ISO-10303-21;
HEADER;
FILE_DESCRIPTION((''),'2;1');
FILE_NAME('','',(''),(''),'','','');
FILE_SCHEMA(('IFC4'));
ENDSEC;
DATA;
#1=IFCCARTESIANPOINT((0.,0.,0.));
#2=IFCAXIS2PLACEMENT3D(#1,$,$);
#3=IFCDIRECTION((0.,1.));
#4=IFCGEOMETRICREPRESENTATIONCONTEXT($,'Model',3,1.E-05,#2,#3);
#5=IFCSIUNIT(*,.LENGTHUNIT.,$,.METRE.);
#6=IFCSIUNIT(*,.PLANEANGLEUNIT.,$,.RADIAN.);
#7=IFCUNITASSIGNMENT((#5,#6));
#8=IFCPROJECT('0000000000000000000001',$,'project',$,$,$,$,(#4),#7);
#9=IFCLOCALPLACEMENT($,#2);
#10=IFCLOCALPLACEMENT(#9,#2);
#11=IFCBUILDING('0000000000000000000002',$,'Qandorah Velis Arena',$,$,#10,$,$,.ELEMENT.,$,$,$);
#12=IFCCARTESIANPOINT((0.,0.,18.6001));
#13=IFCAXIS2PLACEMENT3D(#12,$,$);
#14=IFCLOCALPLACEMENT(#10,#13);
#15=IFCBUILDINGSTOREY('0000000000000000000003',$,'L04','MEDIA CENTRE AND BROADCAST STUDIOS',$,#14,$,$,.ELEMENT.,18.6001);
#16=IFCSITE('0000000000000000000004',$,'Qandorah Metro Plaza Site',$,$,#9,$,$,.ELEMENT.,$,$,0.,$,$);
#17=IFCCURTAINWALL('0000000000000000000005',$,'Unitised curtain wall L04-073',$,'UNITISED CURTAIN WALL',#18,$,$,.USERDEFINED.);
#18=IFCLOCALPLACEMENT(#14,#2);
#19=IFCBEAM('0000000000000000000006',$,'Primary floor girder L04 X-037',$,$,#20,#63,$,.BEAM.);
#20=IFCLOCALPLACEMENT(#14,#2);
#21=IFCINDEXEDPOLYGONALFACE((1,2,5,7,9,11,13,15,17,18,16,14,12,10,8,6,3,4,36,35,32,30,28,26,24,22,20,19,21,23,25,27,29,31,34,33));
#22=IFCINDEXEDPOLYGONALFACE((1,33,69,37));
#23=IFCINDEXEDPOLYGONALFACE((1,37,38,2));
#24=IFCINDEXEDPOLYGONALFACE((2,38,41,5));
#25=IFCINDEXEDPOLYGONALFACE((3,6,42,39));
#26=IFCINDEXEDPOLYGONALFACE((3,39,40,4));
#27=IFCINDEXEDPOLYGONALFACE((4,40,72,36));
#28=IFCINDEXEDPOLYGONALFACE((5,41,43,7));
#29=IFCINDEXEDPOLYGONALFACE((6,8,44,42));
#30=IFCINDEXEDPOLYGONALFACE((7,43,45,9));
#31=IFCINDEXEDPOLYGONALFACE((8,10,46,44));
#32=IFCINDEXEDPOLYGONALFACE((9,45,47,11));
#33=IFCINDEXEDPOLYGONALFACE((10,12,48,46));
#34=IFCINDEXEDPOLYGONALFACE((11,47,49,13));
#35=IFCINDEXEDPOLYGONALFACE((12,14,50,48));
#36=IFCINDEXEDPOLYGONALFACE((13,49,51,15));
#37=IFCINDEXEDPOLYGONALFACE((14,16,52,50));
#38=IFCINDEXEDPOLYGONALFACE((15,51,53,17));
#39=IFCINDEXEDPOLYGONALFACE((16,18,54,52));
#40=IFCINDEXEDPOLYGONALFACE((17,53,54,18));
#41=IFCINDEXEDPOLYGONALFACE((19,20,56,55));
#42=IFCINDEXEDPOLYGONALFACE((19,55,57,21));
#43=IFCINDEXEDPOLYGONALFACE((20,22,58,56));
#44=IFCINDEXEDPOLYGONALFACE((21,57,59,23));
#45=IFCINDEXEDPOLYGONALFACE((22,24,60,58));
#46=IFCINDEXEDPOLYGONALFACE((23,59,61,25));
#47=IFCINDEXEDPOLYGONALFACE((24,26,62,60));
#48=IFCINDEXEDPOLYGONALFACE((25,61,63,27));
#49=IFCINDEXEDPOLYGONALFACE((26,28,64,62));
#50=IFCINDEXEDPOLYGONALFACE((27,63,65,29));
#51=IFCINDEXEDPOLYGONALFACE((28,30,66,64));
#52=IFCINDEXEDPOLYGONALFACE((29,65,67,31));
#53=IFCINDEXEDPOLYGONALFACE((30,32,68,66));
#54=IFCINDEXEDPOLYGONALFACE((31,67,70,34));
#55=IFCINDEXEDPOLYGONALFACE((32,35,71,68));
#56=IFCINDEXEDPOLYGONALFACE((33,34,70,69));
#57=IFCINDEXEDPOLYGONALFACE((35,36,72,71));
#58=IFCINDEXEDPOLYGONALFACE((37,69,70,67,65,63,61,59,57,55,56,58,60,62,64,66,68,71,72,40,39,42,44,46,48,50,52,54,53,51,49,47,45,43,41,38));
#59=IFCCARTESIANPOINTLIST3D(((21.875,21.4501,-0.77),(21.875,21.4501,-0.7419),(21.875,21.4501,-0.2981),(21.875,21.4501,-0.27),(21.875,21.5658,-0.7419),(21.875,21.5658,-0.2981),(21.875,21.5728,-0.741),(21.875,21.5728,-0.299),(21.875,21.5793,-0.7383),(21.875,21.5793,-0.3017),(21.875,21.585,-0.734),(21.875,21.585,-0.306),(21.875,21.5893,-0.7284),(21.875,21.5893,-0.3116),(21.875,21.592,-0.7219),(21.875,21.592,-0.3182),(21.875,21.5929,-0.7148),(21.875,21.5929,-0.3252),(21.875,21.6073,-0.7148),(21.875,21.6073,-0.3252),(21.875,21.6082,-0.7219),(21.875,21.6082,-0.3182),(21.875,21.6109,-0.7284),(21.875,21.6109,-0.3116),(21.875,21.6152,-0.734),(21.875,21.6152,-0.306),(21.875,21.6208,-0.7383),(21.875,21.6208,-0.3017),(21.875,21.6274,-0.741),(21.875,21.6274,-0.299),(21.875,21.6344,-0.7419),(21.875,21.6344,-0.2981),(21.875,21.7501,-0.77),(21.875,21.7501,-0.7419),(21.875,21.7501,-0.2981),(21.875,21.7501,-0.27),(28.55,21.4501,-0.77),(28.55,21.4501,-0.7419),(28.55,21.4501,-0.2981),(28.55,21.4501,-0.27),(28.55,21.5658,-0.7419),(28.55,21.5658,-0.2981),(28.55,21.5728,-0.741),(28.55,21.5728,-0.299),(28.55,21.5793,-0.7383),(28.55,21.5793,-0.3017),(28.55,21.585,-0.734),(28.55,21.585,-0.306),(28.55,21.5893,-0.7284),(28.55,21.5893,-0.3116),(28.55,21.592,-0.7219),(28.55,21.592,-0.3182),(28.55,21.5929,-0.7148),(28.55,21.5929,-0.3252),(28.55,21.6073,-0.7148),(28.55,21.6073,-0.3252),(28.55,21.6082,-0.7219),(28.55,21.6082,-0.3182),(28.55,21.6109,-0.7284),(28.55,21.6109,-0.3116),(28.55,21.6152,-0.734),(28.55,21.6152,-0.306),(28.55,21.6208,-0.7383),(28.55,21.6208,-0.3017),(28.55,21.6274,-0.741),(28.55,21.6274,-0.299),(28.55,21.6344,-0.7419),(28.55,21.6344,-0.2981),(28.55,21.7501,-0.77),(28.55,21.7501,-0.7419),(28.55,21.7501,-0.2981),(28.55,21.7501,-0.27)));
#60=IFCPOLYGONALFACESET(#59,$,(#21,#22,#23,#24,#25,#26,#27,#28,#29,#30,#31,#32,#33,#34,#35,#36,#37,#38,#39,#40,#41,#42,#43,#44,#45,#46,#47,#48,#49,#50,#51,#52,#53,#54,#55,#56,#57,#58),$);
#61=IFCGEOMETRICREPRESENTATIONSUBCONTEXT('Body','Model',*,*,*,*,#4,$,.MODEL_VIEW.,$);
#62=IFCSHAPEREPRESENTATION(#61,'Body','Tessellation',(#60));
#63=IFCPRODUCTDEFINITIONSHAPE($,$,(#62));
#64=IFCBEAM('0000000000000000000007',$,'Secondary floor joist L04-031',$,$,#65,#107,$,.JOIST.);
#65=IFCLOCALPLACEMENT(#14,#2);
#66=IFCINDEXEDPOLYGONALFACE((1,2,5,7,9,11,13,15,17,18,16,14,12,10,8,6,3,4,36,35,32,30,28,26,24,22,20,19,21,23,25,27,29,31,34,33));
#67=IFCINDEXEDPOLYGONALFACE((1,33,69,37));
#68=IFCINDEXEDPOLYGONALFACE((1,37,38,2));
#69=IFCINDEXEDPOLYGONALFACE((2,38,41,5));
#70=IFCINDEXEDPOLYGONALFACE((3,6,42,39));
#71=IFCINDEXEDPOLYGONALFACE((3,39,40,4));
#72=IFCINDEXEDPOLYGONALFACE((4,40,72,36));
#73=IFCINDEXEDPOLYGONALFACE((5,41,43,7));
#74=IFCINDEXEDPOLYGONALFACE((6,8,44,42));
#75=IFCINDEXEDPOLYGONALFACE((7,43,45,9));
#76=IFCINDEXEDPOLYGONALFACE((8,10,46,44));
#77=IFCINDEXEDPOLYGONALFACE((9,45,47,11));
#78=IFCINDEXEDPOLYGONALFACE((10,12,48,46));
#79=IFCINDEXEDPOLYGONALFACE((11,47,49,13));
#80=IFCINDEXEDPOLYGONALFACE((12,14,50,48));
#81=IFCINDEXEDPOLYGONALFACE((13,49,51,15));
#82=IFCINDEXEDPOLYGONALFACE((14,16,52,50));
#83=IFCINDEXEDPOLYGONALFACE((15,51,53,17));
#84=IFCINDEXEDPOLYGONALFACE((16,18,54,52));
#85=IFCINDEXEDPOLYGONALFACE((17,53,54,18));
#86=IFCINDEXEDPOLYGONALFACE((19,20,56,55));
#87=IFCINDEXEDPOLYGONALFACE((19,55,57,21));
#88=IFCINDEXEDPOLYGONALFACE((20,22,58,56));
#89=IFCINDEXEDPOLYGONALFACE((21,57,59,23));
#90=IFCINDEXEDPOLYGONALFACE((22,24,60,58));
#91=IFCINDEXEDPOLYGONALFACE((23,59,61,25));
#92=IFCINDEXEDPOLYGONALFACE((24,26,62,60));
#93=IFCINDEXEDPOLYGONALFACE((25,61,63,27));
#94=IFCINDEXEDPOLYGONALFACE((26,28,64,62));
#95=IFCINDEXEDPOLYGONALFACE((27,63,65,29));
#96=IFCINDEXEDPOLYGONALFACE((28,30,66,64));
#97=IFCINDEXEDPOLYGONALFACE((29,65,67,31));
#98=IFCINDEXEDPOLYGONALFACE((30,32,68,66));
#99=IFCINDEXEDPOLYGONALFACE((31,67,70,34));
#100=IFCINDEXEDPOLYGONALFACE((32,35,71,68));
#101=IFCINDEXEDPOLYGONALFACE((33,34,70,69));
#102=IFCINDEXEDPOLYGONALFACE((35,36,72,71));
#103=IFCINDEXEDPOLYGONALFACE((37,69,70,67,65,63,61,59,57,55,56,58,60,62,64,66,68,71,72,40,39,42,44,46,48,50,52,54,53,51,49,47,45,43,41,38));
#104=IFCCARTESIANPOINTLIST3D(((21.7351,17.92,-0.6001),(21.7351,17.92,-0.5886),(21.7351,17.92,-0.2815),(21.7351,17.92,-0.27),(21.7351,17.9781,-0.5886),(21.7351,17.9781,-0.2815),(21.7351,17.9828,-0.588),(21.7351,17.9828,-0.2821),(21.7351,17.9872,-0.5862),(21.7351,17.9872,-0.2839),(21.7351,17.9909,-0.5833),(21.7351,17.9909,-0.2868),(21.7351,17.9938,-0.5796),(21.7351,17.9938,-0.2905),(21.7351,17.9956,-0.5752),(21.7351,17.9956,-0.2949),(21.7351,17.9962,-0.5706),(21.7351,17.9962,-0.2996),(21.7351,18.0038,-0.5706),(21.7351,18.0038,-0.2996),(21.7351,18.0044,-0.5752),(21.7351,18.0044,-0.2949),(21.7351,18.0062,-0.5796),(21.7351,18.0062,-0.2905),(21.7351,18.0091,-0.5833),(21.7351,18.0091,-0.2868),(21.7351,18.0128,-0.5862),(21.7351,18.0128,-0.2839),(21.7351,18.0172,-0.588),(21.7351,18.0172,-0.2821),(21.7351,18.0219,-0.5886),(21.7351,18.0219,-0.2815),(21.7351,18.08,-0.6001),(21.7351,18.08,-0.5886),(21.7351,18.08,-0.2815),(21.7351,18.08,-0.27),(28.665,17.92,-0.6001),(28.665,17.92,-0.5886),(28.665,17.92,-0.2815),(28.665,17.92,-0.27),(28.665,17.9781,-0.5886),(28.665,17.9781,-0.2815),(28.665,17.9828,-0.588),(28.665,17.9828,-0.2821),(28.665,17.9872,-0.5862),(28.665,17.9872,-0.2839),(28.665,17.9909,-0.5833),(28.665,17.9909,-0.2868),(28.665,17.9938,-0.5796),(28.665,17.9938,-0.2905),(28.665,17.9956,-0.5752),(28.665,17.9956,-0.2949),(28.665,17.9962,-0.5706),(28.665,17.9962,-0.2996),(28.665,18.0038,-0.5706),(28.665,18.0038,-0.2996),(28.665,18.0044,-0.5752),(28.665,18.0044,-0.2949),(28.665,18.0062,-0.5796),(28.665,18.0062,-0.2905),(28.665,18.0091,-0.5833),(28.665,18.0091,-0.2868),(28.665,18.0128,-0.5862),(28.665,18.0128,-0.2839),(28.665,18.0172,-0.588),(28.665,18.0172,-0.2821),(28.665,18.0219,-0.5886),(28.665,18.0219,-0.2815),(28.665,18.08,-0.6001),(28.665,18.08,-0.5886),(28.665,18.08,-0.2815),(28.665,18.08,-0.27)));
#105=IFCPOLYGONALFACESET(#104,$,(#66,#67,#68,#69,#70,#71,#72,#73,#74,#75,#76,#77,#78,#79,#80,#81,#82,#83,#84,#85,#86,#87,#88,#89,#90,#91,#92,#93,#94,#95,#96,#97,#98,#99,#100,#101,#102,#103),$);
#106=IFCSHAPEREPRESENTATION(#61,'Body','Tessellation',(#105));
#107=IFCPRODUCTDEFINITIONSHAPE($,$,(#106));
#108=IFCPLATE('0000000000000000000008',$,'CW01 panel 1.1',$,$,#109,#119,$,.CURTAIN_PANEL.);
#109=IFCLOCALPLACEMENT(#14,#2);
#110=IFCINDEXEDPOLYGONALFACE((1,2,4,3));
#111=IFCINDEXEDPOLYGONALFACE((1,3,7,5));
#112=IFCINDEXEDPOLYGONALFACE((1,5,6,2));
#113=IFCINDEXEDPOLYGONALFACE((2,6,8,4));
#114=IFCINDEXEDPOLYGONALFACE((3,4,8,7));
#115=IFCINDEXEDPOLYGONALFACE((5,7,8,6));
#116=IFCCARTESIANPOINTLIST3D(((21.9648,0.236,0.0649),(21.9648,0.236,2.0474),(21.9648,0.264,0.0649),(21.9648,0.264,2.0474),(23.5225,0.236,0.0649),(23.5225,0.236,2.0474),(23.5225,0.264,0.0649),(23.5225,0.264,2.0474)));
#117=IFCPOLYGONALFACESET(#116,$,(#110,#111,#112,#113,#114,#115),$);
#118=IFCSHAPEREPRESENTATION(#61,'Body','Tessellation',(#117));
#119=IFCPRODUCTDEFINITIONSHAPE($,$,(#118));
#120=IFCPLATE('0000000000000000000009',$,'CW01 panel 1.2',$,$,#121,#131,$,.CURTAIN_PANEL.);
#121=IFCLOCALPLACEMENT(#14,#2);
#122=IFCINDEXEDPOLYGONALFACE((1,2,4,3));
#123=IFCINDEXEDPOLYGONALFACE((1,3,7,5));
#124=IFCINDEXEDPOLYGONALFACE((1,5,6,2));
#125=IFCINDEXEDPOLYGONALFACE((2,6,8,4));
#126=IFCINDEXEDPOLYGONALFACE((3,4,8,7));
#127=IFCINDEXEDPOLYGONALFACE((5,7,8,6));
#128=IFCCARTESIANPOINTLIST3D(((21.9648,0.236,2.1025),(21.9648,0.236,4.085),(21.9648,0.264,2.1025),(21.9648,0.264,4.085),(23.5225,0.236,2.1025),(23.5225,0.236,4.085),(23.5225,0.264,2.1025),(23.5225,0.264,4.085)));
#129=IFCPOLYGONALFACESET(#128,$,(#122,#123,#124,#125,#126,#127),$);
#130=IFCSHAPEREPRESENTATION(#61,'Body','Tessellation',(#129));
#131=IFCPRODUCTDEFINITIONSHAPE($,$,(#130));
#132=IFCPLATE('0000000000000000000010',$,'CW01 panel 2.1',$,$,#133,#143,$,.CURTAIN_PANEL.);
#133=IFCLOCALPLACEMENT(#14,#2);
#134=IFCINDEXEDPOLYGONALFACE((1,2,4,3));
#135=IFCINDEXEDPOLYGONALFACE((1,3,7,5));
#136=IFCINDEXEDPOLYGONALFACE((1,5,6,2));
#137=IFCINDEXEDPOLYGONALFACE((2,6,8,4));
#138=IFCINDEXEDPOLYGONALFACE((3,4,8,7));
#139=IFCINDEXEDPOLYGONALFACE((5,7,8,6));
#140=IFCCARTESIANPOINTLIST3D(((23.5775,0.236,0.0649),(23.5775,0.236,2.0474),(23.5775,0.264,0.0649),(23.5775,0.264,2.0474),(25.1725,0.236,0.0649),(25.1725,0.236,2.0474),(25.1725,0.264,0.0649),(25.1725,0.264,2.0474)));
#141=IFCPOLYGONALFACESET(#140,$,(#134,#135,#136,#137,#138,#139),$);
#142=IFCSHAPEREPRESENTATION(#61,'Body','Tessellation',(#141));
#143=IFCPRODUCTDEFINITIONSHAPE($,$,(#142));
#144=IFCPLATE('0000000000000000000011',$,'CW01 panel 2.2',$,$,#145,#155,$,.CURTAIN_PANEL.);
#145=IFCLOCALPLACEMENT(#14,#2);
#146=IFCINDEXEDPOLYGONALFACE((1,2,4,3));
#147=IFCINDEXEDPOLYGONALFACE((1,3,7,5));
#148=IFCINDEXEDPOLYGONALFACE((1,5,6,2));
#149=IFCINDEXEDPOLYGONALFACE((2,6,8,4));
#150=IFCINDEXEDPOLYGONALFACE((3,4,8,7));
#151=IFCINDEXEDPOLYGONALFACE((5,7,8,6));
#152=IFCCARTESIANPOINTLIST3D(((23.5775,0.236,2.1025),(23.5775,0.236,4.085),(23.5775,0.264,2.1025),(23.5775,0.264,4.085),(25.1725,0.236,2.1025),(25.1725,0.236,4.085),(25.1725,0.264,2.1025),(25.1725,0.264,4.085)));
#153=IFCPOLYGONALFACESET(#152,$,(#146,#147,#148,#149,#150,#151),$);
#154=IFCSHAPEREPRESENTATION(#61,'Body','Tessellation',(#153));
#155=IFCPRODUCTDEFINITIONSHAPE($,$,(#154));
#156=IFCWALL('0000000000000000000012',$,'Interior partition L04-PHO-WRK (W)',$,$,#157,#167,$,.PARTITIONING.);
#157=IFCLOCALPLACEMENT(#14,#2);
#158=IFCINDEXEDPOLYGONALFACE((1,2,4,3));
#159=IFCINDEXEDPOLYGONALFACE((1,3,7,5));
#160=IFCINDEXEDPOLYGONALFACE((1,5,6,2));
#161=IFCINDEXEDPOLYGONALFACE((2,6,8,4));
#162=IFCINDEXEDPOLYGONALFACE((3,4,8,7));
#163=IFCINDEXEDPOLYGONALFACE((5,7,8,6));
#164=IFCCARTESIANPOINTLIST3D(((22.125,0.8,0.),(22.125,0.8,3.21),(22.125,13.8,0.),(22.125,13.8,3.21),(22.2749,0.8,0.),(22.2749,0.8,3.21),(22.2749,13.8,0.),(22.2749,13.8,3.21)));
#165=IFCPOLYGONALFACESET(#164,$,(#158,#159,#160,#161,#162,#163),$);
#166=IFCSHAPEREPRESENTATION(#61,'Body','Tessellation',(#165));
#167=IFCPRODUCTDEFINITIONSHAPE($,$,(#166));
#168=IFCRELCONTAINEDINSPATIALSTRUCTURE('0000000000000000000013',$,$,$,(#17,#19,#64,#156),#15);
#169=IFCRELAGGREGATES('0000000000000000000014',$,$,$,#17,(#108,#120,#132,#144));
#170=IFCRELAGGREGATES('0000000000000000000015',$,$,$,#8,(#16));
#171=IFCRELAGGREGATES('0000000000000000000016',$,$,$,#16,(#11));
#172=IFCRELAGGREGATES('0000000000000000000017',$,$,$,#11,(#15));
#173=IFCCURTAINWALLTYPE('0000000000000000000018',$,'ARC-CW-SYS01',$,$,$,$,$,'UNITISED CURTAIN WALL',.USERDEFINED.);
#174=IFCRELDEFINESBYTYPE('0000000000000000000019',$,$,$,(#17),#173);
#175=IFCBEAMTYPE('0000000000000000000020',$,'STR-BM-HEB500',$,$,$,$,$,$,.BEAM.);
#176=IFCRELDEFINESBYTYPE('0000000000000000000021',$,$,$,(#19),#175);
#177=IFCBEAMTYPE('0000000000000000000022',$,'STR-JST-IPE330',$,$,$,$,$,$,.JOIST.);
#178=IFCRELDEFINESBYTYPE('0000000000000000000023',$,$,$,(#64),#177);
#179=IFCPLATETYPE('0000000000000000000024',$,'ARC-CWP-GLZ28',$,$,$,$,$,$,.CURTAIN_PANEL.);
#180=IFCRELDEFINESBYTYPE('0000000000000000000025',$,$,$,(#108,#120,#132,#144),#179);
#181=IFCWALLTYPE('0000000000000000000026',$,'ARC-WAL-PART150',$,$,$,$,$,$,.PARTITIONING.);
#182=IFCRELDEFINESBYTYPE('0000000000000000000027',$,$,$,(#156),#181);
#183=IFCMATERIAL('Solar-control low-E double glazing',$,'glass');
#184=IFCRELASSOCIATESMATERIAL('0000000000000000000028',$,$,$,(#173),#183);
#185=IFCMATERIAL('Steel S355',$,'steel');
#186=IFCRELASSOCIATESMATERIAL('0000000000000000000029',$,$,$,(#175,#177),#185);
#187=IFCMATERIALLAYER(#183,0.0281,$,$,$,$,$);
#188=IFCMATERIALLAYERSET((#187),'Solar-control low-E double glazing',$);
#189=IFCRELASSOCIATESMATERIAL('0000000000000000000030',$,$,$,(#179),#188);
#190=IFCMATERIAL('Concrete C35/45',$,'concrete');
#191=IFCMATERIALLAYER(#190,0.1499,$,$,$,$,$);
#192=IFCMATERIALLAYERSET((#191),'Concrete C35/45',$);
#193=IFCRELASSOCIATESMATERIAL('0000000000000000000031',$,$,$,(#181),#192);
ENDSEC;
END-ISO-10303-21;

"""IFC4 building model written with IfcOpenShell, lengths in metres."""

from ifc_helpers import new_model, si_unit, direction, frame, frame_2d, origin, origin_2d, place, context, subcontext, project, spatial, rectangle, i_section, extrude, material, layer, layer_set, material_profile, profile_set, type_object, element, aggregate, save


model = new_model("IFC4")

# Units and contexts
model_context = context("Model", 3, precision=1e-05, world=origin(), true_north=direction((0.0, 1.0)))
body_context = subcontext(model_context, "Body", "Model", "MODEL_VIEW")
ifc_project = project(units=[si_unit("LENGTHUNIT", "METRE"), si_unit("PLANEANGLEUNIT", "RADIAN")], contexts=[model_context])

# Site, building, storey
site_placement = place(None, origin())
site = spatial("IfcSite", under=ifc_project, at=site_placement, Name="Qandorah Metro Plaza Site", CompositionType="ELEMENT", RefElevation=0.0)
building_placement = place(site_placement, origin())
building = spatial("IfcBuilding", under=site, at=building_placement, Name="Qandorah Velis Arena", CompositionType="ELEMENT")
storey_placement = place(building_placement, frame((0.0, 0.0, 18.6001)))
storey = spatial("IfcBuildingStorey", under=building, at=storey_placement, Name="L04", Description="MEDIA CENTRE AND BROADCAST STUDIOS", CompositionType="ELEMENT", Elevation=18.6001)

# Shared definitions
ifc_material_1 = material(Name="Steel S355", Category="steel")

# Curtain wall
ifc_material_2 = material(Name="Solar-control low-E double glazing", Category="glass")
curtain_wall_type = type_object("IfcCurtainWallType", Name="ARC-CW-SYS01", ElementType="UNITISED CURTAIN WALL", PredefinedType="USERDEFINED", material=ifc_material_2)
curtain_wall_placement = place(storey_placement, origin())
curtain_wall = element("IfcCurtainWall", 1, at=curtain_wall_placement, inside=storey, type_object=curtain_wall_type, Name="Unitised curtain wall L04-073", ObjectType="UNITISED CURTAIN WALL", PredefinedType="USERDEFINED")

# Beams
ifc_material_profile_1 = material_profile(ifc_material_1, i_section(OverallWidth=0.3, OverallDepth=0.5, WebThickness=0.0144, FlangeThickness=0.0281, FilletRadius=0.0271, at=origin_2d()), Name="HEB 500")
ifc_profile_set_1 = profile_set([ifc_material_profile_1], Name="Steel S355")
beam_type_1 = type_object("IfcBeamType", Name="STR-BM-HEB500", PredefinedType="BEAM", material=ifc_profile_set_1)
for number, where, z_axis, x_axis, name in (
    (2, (21.875, 21.6001, -0.52), (1.0, 0.0, 0.0), (0.0, 1.0, 0.0), "Primary floor girder L04 X-037"),
):
    element("IfcBeam", number, at=place(storey_placement, frame(where, z_axis=z_axis, x_axis=x_axis)), inside=storey, type_object=beam_type_1, Name=name, PredefinedType="BEAM", context=body_context, shape_type="SweptSolid", body=[
        extrude(i_section(OverallWidth=0.3, OverallDepth=0.5, WebThickness=0.0144, FlangeThickness=0.0281, FilletRadius=0.0271, at=origin_2d()), origin(), (0.0, 0.0, 1.0), 6.675),
    ])
ifc_material_profile_2 = material_profile(ifc_material_1, i_section(OverallWidth=0.1599, OverallDepth=0.3301, WebThickness=0.0076, FlangeThickness=0.0115, FilletRadius=0.0181, at=origin_2d()), Name="IPE 330")
ifc_profile_set_2 = profile_set([ifc_material_profile_2], Name="Steel S355")
beam_type_2 = type_object("IfcBeamType", Name="STR-JST-IPE330", PredefinedType="JOIST", material=ifc_profile_set_2)
beam_1_placement = place(storey_placement, frame((21.7351, 18.0, -0.4351), z_axis=(1.0, 0.0, 0.0), x_axis=(0.0, 1.0, 0.0)))
element("IfcBeam", 3, at=beam_1_placement, inside=storey, type_object=beam_type_2, Name="Secondary floor joist L04-031", PredefinedType="JOIST", context=body_context, shape_type="SweptSolid", body=[
    extrude(i_section(OverallWidth=0.1599, OverallDepth=0.3301, WebThickness=0.0076, FlangeThickness=0.0115, FilletRadius=0.0181, at=origin_2d()), origin(), (0.0, 0.0, 1.0), 6.9299),
])

# Plates
ifc_layer_1 = layer(ifc_material_2, 0.0281)
ifc_layer_set_1 = layer_set([ifc_layer_1], Name="Solar-control low-E double glazing")
plate_type = type_object("IfcPlateType", Name="ARC-CWP-GLZ28", PredefinedType="CURTAIN_PANEL", material=ifc_layer_set_1)
plate_1_placement = place(storey_placement, frame((22.7437, 0.25, 0.0649), z_axis=(0.0, 0.0, 1.0), x_axis=(1.0, 0.0, 0.0)))
plate_1 = element("IfcPlate", 4, at=plate_1_placement, type_object=plate_type, Name="CW01 panel 1.1", PredefinedType="CURTAIN_PANEL", context=body_context, shape_type="SweptSolid", body=[
    extrude(rectangle(XDim=1.5576, YDim=0.0281, at=origin_2d()), origin(), (0.0, 0.0, 1.0), 1.9824),
])
plate_2_placement = place(storey_placement, frame((22.7437, 0.25, 2.1025), z_axis=(0.0, 0.0, 1.0), x_axis=(1.0, 0.0, 0.0)))
plate_2 = element("IfcPlate", 5, at=plate_2_placement, type_object=plate_type, Name="CW01 panel 1.2", PredefinedType="CURTAIN_PANEL", context=body_context, shape_type="SweptSolid", body=[
    extrude(rectangle(XDim=1.5576, YDim=0.0281, at=origin_2d()), origin(), (0.0, 0.0, 1.0), 1.9824),
])
plate_3_placement = place(storey_placement, frame((24.375, 0.25, 0.0649), z_axis=(0.0, 0.0, 1.0), x_axis=(1.0, 0.0, 0.0)))
plate_3 = element("IfcPlate", 6, at=plate_3_placement, type_object=plate_type, Name="CW01 panel 2.1", PredefinedType="CURTAIN_PANEL", context=body_context, shape_type="SweptSolid", body=[
    extrude(rectangle(XDim=1.595, YDim=0.0281, at=origin_2d()), origin(), (0.0, 0.0, 1.0), 1.9824),
])
plate_4_placement = place(storey_placement, frame((24.375, 0.25, 2.1025), z_axis=(0.0, 0.0, 1.0), x_axis=(1.0, 0.0, 0.0)))
plate_4 = element("IfcPlate", 7, at=plate_4_placement, type_object=plate_type, Name="CW01 panel 2.2", PredefinedType="CURTAIN_PANEL", context=body_context, shape_type="SweptSolid", body=[
    extrude(rectangle(XDim=1.595, YDim=0.0281, at=origin_2d()), origin(), (0.0, 0.0, 1.0), 1.9824),
])
aggregate(curtain_wall, [plate_1, plate_2, plate_3, plate_4])

# Wall
ifc_material_3 = material(Name="Concrete C35/45", Category="concrete")
ifc_layer_2 = layer(ifc_material_3, 0.1499)
ifc_layer_set_2 = layer_set([ifc_layer_2], Name="Concrete C35/45")
wall_type = type_object("IfcWallType", Name="ARC-WAL-PART150", PredefinedType="PARTITIONING", material=ifc_layer_set_2)
wall_placement = place(storey_placement, frame((22.2, 13.8, 0.0), z_axis=(0.0, 0.0, 1.0), x_axis=(0.0, -1.0, 0.0)))
element("IfcWall", 8, at=wall_placement, inside=storey, type_object=wall_type, Name="Interior partition L04-PHO-WRK (W)", PredefinedType="PARTITIONING", context=body_context, shape_type="SweptSolid", body=[
    extrude(rectangle(XDim=13.0, YDim=0.1499, at=frame_2d((6.5, 0.0))), origin(), (0.0, 0.0, 1.0), 3.21),
])

save(model, "model.ifc")
